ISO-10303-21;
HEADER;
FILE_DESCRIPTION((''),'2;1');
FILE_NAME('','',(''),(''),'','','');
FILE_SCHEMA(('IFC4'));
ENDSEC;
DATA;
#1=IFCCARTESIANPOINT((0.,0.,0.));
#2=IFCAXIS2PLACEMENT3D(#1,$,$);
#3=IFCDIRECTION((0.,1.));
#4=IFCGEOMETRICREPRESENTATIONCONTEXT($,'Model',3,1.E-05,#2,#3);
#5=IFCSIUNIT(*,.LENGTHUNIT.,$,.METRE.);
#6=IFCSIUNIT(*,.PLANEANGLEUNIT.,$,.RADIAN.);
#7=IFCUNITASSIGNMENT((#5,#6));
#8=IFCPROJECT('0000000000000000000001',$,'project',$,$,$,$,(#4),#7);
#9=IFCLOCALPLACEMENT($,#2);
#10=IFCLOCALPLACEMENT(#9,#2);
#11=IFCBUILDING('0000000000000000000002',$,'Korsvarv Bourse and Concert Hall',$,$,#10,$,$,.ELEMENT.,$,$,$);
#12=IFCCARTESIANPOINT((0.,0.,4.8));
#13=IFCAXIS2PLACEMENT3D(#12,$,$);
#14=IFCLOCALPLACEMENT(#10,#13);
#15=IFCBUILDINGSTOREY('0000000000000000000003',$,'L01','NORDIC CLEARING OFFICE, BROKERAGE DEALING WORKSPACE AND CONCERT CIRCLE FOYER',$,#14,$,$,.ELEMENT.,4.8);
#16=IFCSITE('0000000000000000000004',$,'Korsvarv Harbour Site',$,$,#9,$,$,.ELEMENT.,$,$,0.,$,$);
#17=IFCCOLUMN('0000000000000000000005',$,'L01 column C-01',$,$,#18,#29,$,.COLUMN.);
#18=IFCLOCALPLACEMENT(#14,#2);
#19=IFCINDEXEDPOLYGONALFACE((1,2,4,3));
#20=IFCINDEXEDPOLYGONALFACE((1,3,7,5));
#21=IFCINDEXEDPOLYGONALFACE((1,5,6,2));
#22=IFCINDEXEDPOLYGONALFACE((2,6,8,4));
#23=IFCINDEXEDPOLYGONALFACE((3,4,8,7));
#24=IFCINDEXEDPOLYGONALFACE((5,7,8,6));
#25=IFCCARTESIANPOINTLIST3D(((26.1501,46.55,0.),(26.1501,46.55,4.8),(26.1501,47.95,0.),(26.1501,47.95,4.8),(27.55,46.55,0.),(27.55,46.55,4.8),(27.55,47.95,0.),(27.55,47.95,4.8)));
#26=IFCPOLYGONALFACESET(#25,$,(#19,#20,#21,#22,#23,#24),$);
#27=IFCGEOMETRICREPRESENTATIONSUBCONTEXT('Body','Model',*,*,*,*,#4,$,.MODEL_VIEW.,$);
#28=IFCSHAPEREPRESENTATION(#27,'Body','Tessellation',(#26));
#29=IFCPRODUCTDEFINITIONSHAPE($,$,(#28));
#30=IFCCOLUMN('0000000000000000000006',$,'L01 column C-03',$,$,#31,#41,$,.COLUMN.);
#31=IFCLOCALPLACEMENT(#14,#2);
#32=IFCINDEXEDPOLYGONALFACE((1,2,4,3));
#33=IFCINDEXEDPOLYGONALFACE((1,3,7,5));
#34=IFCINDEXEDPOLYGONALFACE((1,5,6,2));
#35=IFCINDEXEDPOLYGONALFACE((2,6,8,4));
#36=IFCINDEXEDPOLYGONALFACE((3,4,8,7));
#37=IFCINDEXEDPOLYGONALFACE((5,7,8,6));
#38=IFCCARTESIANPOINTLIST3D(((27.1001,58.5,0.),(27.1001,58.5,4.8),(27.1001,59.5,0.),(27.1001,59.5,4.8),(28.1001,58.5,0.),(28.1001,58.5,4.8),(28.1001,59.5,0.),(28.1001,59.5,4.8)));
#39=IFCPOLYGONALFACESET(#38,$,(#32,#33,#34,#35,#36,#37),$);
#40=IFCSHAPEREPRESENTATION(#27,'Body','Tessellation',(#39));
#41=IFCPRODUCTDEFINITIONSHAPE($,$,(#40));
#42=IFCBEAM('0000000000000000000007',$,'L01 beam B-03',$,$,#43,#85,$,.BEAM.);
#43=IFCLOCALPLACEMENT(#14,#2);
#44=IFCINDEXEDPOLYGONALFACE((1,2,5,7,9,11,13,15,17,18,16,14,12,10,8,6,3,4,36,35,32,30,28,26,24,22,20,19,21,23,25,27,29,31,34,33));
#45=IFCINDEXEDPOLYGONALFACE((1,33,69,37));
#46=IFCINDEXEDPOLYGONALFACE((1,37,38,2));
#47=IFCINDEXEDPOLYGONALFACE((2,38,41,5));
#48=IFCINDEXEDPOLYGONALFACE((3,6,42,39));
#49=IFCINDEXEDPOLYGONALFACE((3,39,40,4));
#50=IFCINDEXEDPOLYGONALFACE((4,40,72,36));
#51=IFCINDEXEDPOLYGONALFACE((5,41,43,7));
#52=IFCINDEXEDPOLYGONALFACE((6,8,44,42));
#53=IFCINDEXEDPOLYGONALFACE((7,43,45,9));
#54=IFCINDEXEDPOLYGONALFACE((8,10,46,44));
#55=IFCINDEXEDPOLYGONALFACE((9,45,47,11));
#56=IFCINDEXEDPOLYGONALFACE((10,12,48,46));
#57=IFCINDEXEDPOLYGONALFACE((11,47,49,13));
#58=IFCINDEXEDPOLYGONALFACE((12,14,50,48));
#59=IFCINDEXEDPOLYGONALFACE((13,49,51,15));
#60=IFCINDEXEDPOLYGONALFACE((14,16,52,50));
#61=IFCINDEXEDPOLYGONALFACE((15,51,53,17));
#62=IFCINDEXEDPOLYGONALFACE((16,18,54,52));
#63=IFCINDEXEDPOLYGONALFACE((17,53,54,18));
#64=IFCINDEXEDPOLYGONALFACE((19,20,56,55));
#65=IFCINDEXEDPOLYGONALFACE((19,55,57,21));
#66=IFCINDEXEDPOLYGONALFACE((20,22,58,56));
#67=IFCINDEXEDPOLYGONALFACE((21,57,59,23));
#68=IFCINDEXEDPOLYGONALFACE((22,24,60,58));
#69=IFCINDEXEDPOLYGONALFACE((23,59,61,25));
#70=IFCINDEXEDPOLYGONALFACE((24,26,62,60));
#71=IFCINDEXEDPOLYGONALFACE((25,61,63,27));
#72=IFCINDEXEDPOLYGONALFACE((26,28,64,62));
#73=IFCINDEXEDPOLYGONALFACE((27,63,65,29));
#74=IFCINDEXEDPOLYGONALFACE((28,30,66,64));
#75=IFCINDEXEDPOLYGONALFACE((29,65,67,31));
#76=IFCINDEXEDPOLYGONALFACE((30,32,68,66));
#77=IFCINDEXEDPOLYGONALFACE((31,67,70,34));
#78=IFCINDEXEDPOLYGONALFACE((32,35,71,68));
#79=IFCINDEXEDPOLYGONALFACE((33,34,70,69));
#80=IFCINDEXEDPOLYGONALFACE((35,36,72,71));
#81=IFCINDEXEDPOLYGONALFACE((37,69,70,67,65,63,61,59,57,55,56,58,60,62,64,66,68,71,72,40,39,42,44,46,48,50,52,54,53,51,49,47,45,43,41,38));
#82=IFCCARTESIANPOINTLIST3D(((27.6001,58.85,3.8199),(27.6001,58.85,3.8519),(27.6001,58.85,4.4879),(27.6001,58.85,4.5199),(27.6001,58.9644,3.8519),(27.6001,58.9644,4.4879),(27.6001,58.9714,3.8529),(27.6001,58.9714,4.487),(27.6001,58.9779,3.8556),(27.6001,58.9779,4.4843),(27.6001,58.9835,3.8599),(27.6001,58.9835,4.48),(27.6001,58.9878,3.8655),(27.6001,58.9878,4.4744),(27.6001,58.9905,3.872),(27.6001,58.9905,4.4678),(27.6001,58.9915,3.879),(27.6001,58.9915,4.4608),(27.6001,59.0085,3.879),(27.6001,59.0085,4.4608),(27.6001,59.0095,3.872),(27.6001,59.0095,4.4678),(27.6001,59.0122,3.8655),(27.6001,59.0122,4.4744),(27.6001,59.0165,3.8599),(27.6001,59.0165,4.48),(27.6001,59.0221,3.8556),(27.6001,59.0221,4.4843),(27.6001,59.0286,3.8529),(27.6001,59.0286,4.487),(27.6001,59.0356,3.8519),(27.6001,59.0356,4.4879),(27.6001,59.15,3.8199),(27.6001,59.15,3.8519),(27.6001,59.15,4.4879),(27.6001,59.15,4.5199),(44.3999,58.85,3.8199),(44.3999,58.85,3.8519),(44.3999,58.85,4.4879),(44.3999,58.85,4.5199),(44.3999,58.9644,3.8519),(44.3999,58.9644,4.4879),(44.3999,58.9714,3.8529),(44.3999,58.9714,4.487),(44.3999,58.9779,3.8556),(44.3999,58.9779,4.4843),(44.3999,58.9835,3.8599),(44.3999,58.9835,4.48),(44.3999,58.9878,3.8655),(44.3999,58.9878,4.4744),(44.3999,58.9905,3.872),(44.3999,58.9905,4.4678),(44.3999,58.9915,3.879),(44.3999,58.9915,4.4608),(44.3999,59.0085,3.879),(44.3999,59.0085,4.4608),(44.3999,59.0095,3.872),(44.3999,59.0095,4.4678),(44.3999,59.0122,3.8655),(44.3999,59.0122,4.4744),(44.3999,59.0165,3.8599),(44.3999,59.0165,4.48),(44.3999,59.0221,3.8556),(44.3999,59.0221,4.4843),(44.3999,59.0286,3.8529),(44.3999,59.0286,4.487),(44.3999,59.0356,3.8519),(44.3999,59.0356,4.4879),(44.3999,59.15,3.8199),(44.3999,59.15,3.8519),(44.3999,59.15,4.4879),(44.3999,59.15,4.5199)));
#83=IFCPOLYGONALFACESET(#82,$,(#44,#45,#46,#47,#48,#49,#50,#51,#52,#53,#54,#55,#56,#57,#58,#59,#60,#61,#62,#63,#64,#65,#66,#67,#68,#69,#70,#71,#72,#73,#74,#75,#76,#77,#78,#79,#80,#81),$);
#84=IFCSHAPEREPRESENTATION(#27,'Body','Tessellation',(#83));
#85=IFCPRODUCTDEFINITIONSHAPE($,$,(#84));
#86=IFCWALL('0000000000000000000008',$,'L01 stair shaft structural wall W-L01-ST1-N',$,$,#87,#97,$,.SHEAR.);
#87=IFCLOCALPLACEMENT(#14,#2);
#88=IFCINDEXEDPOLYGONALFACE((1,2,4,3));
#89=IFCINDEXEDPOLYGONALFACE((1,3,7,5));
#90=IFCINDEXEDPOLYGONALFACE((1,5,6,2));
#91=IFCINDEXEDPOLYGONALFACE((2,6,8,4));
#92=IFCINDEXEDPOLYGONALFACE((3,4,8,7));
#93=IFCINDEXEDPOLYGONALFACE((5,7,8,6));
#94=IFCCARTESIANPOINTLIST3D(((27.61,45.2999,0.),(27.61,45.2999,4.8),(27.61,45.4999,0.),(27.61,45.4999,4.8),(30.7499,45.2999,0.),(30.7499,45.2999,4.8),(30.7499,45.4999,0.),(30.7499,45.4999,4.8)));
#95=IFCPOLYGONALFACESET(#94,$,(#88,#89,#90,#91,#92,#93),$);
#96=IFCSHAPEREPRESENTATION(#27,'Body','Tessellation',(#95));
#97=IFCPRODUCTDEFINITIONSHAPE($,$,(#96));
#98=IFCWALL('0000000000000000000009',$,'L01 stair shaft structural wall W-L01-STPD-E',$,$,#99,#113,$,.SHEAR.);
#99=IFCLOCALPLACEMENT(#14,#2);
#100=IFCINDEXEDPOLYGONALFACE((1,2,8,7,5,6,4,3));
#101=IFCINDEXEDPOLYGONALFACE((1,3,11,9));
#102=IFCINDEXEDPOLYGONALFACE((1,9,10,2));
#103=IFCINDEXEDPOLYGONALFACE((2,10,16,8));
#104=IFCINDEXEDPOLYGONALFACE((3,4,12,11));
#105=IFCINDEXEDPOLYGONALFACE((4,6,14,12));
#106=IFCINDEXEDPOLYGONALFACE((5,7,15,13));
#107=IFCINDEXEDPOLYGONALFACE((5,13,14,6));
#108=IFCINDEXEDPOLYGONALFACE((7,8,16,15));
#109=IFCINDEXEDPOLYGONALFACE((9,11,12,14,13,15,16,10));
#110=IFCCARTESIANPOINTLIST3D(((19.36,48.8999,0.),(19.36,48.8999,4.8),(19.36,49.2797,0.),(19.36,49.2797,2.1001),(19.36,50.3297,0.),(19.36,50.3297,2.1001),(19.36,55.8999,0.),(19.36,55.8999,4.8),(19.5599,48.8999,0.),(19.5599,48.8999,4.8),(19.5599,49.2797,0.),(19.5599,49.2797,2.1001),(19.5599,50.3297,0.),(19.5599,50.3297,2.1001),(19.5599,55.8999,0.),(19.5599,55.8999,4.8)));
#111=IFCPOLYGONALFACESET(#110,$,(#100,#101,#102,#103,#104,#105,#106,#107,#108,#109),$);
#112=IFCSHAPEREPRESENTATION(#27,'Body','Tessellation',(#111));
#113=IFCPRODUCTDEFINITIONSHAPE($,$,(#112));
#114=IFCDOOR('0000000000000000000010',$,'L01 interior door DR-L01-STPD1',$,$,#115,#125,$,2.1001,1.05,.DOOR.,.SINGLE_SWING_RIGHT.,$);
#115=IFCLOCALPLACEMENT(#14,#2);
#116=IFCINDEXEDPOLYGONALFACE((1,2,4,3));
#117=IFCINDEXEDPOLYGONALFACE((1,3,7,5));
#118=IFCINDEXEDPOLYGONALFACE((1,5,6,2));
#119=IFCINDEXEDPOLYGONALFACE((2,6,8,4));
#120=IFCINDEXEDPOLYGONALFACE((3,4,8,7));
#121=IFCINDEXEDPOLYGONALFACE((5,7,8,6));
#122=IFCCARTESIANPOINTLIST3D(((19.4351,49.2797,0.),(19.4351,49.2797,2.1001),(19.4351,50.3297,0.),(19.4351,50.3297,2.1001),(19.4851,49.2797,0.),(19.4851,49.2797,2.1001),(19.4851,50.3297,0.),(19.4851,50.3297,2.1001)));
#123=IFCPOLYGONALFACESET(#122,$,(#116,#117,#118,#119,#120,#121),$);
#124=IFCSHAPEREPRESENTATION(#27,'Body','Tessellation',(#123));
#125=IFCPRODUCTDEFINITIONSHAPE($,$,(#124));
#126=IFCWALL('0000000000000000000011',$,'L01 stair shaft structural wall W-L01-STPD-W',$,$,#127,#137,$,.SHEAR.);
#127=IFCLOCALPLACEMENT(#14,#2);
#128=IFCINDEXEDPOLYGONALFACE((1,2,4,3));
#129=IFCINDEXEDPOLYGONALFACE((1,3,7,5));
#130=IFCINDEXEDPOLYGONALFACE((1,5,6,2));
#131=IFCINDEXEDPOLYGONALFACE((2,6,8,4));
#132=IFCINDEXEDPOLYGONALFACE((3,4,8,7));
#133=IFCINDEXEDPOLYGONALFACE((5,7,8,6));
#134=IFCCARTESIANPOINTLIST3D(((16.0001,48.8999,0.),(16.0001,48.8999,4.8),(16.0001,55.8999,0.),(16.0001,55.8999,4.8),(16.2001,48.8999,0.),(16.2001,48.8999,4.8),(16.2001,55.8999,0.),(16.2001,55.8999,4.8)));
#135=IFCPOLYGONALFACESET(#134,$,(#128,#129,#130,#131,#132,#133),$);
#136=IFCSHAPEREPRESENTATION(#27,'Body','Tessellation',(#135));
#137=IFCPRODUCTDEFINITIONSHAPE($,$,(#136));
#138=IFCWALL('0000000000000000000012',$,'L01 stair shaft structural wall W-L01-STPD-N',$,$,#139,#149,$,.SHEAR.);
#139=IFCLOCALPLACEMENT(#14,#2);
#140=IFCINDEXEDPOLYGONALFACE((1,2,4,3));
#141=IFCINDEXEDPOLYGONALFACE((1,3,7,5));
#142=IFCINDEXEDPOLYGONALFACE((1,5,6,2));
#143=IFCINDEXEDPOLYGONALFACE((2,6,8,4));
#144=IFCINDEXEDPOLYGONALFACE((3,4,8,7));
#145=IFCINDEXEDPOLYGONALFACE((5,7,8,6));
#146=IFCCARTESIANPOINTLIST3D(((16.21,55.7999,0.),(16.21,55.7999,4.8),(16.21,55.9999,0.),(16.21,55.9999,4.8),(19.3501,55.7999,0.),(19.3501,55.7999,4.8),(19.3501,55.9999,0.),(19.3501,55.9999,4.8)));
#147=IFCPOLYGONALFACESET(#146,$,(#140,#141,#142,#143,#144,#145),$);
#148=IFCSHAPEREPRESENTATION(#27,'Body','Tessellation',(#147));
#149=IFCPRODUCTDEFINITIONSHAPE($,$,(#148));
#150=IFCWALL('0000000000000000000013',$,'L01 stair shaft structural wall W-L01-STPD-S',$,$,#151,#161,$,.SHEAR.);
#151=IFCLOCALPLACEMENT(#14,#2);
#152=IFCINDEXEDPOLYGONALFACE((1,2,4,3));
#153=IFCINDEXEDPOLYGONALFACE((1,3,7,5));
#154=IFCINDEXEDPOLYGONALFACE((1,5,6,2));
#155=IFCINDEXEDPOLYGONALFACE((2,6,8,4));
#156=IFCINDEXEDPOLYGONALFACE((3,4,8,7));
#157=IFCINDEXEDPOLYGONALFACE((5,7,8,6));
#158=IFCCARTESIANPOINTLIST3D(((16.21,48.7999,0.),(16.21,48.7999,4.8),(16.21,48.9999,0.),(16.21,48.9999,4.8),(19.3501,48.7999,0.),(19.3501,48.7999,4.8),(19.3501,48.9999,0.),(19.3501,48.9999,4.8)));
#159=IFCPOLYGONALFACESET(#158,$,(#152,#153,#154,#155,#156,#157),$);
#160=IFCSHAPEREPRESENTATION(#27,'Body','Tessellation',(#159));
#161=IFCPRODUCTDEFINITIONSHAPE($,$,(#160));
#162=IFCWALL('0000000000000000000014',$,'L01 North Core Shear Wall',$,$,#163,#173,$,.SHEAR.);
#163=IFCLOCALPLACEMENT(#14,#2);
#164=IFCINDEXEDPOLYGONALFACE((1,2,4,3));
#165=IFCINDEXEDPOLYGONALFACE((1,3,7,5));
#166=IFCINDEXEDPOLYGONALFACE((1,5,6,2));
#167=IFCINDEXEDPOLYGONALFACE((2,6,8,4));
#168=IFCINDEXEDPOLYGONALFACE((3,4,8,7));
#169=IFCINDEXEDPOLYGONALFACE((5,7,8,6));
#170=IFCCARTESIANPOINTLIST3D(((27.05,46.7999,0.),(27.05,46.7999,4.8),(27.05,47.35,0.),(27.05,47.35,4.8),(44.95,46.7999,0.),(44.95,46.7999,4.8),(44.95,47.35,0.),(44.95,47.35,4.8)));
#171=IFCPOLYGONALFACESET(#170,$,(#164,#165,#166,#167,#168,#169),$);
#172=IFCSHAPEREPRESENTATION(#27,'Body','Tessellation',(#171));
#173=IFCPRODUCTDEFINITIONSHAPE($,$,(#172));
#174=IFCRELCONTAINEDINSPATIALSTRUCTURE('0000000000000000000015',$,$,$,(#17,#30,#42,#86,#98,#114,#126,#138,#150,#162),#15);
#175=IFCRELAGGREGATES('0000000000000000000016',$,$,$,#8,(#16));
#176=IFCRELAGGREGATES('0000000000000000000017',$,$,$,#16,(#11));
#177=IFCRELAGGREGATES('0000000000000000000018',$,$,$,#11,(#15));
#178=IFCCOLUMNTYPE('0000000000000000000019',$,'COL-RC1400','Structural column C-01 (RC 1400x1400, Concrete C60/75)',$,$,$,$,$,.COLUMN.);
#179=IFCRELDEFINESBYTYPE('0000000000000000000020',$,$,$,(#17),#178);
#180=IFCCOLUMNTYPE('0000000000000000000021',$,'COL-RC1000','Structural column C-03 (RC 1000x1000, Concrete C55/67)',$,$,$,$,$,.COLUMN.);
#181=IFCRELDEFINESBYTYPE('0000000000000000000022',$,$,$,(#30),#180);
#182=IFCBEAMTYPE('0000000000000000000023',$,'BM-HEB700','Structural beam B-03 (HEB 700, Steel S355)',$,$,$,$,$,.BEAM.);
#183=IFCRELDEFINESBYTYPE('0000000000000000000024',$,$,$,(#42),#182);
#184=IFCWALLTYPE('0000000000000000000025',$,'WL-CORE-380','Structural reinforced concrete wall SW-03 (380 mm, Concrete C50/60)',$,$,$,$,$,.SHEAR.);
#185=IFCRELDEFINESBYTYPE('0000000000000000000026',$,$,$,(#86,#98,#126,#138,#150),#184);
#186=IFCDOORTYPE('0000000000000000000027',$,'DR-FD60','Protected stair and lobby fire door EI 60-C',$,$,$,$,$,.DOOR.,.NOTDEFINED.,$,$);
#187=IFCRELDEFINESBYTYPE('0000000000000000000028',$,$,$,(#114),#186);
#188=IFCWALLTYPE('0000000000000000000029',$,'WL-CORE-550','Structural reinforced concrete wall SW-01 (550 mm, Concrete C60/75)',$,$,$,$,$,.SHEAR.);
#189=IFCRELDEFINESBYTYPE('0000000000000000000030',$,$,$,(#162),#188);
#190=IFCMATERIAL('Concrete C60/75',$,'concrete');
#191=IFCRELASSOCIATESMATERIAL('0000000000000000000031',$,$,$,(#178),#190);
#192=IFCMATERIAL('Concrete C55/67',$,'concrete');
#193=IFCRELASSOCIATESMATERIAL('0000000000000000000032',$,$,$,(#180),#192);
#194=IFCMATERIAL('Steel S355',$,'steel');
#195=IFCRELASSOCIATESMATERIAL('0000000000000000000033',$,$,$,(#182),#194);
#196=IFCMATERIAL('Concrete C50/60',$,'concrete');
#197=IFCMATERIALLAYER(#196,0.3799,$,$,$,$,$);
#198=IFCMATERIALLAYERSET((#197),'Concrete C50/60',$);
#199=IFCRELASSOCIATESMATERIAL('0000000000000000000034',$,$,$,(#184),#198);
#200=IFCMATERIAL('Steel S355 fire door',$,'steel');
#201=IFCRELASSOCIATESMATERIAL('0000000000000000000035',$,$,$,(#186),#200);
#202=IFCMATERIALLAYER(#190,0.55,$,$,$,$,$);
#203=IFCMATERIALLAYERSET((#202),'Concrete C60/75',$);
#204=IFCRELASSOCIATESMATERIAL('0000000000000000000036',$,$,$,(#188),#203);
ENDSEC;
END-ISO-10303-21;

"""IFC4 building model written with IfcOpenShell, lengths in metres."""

from ifc_helpers import new_model, si_unit, direction, frame, frame_2d, origin, origin_2d, place, context, subcontext, project, spatial, rectangle, i_section, extrude, source, transform, mapped, material, layer, layer_set, material_profile, profile_set, type_object, element, fill, save


model = new_model("IFC4")

# Units and contexts
model_context = context("Model", 3, precision=1e-05, world=origin(), true_north=direction((0.0, 1.0)))
body_context = subcontext(model_context, "Body", "Model", "MODEL_VIEW")
ifc_project = project(units=[si_unit("LENGTHUNIT", "METRE"), si_unit("PLANEANGLEUNIT", "RADIAN")], contexts=[model_context])

# Site, building, storey
site_placement = place(None, origin())
site = spatial("IfcSite", under=ifc_project, at=site_placement, Name="Korsvarv Harbour Site", CompositionType="ELEMENT", RefElevation=0.0)
building_placement = place(site_placement, origin())
building = spatial("IfcBuilding", under=site, at=building_placement, Name="Korsvarv Bourse and Concert Hall", CompositionType="ELEMENT")
storey_placement = place(building_placement, frame((0.0, 0.0, 4.8)))
storey = spatial("IfcBuildingStorey", under=building, at=storey_placement, Name="L01", Description="NORDIC CLEARING OFFICE, BROKERAGE DEALING WORKSPACE AND CONCERT CIRCLE FOYER", CompositionType="ELEMENT", Elevation=4.8)

# Columns
ifc_material_1 = material(Name="Concrete C60/75", Category="concrete")
ifc_material_profile_1 = material_profile(ifc_material_1, rectangle(XDim=1.3999, YDim=1.3999, at=origin_2d()), Name="RC 1400x1400")
ifc_profile_set_1 = profile_set([ifc_material_profile_1], Name="Concrete C60/75")
column_type_1 = type_object("IfcColumnType", Name="COL-RC1400", Description="Structural column C-01 (RC 1400x1400, Concrete C60/75)", PredefinedType="COLUMN", material=ifc_profile_set_1)
shared_shape_1 = source(origin(), body_context, "Body", "SweptSolid", [
    extrude(rectangle(XDim=1.3999, YDim=1.3999, at=origin_2d()), origin(), (0.0, 0.0, 1.0), 4.8),
])
column_1_placement = place(storey_placement, frame((26.8501, 47.25, 0.0), z_axis=(0.0, 0.0, 1.0), x_axis=(1.0, 0.0, 0.0)))
element("IfcColumn", 1, at=column_1_placement, inside=storey, type_object=column_type_1, Name="L01 column C-01", PredefinedType="COLUMN", context=body_context, shape_type="MappedRepresentation", body=[
    mapped(shared_shape_1, transform((0.0, 0.0, 0.0), scale=1.0)),
])
ifc_material_2 = material(Name="Concrete C55/67", Category="concrete")
ifc_material_profile_2 = material_profile(ifc_material_2, rectangle(XDim=1.0, YDim=1.0, at=origin_2d()), Name="RC 1000x1000")
ifc_profile_set_2 = profile_set([ifc_material_profile_2], Name="Concrete C55/67")
column_type_2 = type_object("IfcColumnType", Name="COL-RC1000", Description="Structural column C-03 (RC 1000x1000, Concrete C55/67)", PredefinedType="COLUMN", material=ifc_profile_set_2)
shared_shape_2 = source(origin(), body_context, "Body", "SweptSolid", [
    extrude(rectangle(XDim=1.0, YDim=1.0, at=origin_2d()), origin(), (0.0, 0.0, 1.0), 4.8),
])
column_2_placement = place(storey_placement, frame((27.6001, 59.0, 0.0), z_axis=(0.0, 0.0, 1.0), x_axis=(1.0, 0.0, 0.0)))
element("IfcColumn", 2, at=column_2_placement, inside=storey, type_object=column_type_2, Name="L01 column C-03", PredefinedType="COLUMN", context=body_context, shape_type="MappedRepresentation", body=[
    mapped(shared_shape_2, transform((0.0, 0.0, 0.0), scale=1.0)),
])

# Beam
ifc_material_3 = material(Name="Steel S355", Category="steel")
ifc_material_profile_3 = material_profile(ifc_material_3, i_section(OverallWidth=0.3, OverallDepth=0.7, WebThickness=0.0171, FlangeThickness=0.032, FilletRadius=0.0271, at=origin_2d()), Name="HEB 700")
ifc_profile_set_3 = profile_set([ifc_material_profile_3], Name="Steel S355")
beam_type = type_object("IfcBeamType", Name="BM-HEB700", Description="Structural beam B-03 (HEB 700, Steel S355)", PredefinedType="BEAM", material=ifc_profile_set_3)
shared_shape_3 = source(origin(), body_context, "Body", "SweptSolid", [
    extrude(i_section(OverallWidth=0.3, OverallDepth=0.7, WebThickness=0.0171, FlangeThickness=0.032, FilletRadius=0.0271, at=origin_2d()), origin(), (0.0, 0.0, 1.0), 16.7998),
])
beam_placement = place(storey_placement, frame((27.6001, 59.0, 4.1699), z_axis=(1.0, 0.0, 0.0), x_axis=(0.0, 1.0, 0.0)))
element("IfcBeam", 3, at=beam_placement, inside=storey, type_object=beam_type, Name="L01 beam B-03", PredefinedType="BEAM", context=body_context, shape_type="MappedRepresentation", body=[
    mapped(shared_shape_3, transform((0.0, 0.0, 0.0), scale=1.0)),
])

# Wall
ifc_material_4 = material(Name="Concrete C50/60", Category="concrete")
ifc_layer_1 = layer(ifc_material_4, 0.3799)
ifc_layer_set_1 = layer_set([ifc_layer_1], Name="Concrete C50/60")
wall_type_1 = type_object("IfcWallType", Name="WL-CORE-380", Description="Structural reinforced concrete wall SW-03 (380 mm, Concrete C50/60)", PredefinedType="SHEAR", material=ifc_layer_set_1)
wall_1_placement = place(storey_placement, frame((27.6101, 45.3999, 0.0), z_axis=(0.0, 0.0, 1.0), x_axis=(1.0, 0.0, 0.0)))
element("IfcWall", 4, at=wall_1_placement, inside=storey, type_object=wall_type_1, Name="L01 stair shaft structural wall W-L01-ST1-N", PredefinedType="SHEAR", context=body_context, shape_type="SweptSolid", body=[
    extrude(rectangle(XDim=3.1399, YDim=0.2, at=frame_2d((1.5698, 0.0))), origin(), (0.0, 0.0, 1.0), 4.8),
])

# Wall, opening, door
wall_2_placement = place(storey_placement, frame((19.46, 48.8999, 0.0), z_axis=(0.0, 0.0, 1.0), x_axis=(0.0, 1.0, 0.0)))
wall_2 = element("IfcWall", 5, at=wall_2_placement, inside=storey, type_object=wall_type_1, Name="L01 stair shaft structural wall W-L01-STPD-E", PredefinedType="SHEAR", context=body_context, shape_type="SweptSolid", body=[
    extrude(rectangle(XDim=7.0, YDim=0.2, at=frame_2d((3.5, 0.0))), origin(), (0.0, 0.0, 1.0), 4.8),
])
opening_1_placement = place(wall_2_placement, frame((0.3799, 0.0, 0.0)))
opening_1 = element("IfcOpeningElement", 6, at=opening_1_placement, cuts=wall_2, PredefinedType="OPENING", context=body_context, shape_type="SweptSolid", body=[
    extrude(rectangle(XDim=1.05, YDim=2.1001, at=frame_2d((0.5249, 1.05))), frame((0.0, 0.1099, 0.0), z_axis=(0.0, -1.0, 0.0), x_axis=(1.0, 0.0, 0.0)), (0.0, 0.0, 1.0), 0.22),
])
ifc_material_5 = material(Name="Steel S355 fire door", Category="steel")
door_type_1 = type_object("IfcDoorType", Name="DR-FD60", Description="Protected stair and lobby fire door EI 60-C", OperationType="NOTDEFINED", PredefinedType="DOOR", material=ifc_material_5)
door_1_placement = place(opening_1_placement, origin())
door_1 = element("IfcDoor", 7, at=door_1_placement, inside=storey, type_object=door_type_1, Name="L01 interior door DR-L01-STPD1", OperationType="SINGLE_SWING_RIGHT", OverallHeight=2.1001, OverallWidth=1.05, PredefinedType="DOOR", context=body_context, shape_type="SweptSolid", body=[
    extrude(rectangle(XDim=1.05, YDim=2.1001, at=frame_2d((0.5249, 1.05))), frame((0.0, 0.0249, 0.0), z_axis=(0.0, -1.0, 0.0), x_axis=(1.0, 0.0, 0.0)), (0.0, 0.0, 1.0), 0.05),
])
fill(opening_1, door_1)

# Walls
wall_3_placement = place(storey_placement, frame((16.1001, 48.8999, 0.0), z_axis=(0.0, 0.0, 1.0), x_axis=(0.0, 1.0, 0.0)))
element("IfcWall", 8, at=wall_3_placement, inside=storey, type_object=wall_type_1, Name="L01 stair shaft structural wall W-L01-STPD-W", PredefinedType="SHEAR", context=body_context, shape_type="SweptSolid", body=[
    extrude(rectangle(XDim=7.0, YDim=0.2, at=frame_2d((3.5, 0.0))), origin(), (0.0, 0.0, 1.0), 4.8),
])
for number, where, z_axis, x_axis, name in (
    (9, (16.21, 55.8999, 0.0), (0.0, 0.0, 1.0), (1.0, 0.0, 0.0), "L01 stair shaft structural wall W-L01-STPD-N"),
    (10, (16.21, 48.8999, 0.0), (0.0, 0.0, 1.0), (1.0, 0.0, 0.0), "L01 stair shaft structural wall W-L01-STPD-S"),
):
    element("IfcWall", number, at=place(storey_placement, frame(where, z_axis=z_axis, x_axis=x_axis)), inside=storey, type_object=wall_type_1, Name=name, PredefinedType="SHEAR", context=body_context, shape_type="SweptSolid", body=[
        extrude(rectangle(XDim=3.1401, YDim=0.2, at=frame_2d((1.5701, 0.0))), origin(), (0.0, 0.0, 1.0), 4.8),
    ])
ifc_layer_2 = layer(ifc_material_1, 0.55)
ifc_layer_set_2 = layer_set([ifc_layer_2], Name="Concrete C60/75")
wall_type_2 = type_object("IfcWallType", Name="WL-CORE-550", Description="Structural reinforced concrete wall SW-01 (550 mm, Concrete C60/75)", PredefinedType="SHEAR", material=ifc_layer_set_2)
wall_4_placement = place(storey_placement, frame((27.05, 47.075, 0.0), z_axis=(0.0, 0.0, 1.0), x_axis=(1.0, 0.0, 0.0)))
element("IfcWall", 11, at=wall_4_placement, inside=storey, type_object=wall_type_2, Name="L01 North Core Shear Wall", PredefinedType="SHEAR", context=body_context, shape_type="SweptSolid", body=[
    extrude(rectangle(XDim=17.8999, YDim=0.55, at=frame_2d((8.95, 0.0))), origin(), (0.0, 0.0, 1.0), 4.8),
])

save(model, "model.ifc")
